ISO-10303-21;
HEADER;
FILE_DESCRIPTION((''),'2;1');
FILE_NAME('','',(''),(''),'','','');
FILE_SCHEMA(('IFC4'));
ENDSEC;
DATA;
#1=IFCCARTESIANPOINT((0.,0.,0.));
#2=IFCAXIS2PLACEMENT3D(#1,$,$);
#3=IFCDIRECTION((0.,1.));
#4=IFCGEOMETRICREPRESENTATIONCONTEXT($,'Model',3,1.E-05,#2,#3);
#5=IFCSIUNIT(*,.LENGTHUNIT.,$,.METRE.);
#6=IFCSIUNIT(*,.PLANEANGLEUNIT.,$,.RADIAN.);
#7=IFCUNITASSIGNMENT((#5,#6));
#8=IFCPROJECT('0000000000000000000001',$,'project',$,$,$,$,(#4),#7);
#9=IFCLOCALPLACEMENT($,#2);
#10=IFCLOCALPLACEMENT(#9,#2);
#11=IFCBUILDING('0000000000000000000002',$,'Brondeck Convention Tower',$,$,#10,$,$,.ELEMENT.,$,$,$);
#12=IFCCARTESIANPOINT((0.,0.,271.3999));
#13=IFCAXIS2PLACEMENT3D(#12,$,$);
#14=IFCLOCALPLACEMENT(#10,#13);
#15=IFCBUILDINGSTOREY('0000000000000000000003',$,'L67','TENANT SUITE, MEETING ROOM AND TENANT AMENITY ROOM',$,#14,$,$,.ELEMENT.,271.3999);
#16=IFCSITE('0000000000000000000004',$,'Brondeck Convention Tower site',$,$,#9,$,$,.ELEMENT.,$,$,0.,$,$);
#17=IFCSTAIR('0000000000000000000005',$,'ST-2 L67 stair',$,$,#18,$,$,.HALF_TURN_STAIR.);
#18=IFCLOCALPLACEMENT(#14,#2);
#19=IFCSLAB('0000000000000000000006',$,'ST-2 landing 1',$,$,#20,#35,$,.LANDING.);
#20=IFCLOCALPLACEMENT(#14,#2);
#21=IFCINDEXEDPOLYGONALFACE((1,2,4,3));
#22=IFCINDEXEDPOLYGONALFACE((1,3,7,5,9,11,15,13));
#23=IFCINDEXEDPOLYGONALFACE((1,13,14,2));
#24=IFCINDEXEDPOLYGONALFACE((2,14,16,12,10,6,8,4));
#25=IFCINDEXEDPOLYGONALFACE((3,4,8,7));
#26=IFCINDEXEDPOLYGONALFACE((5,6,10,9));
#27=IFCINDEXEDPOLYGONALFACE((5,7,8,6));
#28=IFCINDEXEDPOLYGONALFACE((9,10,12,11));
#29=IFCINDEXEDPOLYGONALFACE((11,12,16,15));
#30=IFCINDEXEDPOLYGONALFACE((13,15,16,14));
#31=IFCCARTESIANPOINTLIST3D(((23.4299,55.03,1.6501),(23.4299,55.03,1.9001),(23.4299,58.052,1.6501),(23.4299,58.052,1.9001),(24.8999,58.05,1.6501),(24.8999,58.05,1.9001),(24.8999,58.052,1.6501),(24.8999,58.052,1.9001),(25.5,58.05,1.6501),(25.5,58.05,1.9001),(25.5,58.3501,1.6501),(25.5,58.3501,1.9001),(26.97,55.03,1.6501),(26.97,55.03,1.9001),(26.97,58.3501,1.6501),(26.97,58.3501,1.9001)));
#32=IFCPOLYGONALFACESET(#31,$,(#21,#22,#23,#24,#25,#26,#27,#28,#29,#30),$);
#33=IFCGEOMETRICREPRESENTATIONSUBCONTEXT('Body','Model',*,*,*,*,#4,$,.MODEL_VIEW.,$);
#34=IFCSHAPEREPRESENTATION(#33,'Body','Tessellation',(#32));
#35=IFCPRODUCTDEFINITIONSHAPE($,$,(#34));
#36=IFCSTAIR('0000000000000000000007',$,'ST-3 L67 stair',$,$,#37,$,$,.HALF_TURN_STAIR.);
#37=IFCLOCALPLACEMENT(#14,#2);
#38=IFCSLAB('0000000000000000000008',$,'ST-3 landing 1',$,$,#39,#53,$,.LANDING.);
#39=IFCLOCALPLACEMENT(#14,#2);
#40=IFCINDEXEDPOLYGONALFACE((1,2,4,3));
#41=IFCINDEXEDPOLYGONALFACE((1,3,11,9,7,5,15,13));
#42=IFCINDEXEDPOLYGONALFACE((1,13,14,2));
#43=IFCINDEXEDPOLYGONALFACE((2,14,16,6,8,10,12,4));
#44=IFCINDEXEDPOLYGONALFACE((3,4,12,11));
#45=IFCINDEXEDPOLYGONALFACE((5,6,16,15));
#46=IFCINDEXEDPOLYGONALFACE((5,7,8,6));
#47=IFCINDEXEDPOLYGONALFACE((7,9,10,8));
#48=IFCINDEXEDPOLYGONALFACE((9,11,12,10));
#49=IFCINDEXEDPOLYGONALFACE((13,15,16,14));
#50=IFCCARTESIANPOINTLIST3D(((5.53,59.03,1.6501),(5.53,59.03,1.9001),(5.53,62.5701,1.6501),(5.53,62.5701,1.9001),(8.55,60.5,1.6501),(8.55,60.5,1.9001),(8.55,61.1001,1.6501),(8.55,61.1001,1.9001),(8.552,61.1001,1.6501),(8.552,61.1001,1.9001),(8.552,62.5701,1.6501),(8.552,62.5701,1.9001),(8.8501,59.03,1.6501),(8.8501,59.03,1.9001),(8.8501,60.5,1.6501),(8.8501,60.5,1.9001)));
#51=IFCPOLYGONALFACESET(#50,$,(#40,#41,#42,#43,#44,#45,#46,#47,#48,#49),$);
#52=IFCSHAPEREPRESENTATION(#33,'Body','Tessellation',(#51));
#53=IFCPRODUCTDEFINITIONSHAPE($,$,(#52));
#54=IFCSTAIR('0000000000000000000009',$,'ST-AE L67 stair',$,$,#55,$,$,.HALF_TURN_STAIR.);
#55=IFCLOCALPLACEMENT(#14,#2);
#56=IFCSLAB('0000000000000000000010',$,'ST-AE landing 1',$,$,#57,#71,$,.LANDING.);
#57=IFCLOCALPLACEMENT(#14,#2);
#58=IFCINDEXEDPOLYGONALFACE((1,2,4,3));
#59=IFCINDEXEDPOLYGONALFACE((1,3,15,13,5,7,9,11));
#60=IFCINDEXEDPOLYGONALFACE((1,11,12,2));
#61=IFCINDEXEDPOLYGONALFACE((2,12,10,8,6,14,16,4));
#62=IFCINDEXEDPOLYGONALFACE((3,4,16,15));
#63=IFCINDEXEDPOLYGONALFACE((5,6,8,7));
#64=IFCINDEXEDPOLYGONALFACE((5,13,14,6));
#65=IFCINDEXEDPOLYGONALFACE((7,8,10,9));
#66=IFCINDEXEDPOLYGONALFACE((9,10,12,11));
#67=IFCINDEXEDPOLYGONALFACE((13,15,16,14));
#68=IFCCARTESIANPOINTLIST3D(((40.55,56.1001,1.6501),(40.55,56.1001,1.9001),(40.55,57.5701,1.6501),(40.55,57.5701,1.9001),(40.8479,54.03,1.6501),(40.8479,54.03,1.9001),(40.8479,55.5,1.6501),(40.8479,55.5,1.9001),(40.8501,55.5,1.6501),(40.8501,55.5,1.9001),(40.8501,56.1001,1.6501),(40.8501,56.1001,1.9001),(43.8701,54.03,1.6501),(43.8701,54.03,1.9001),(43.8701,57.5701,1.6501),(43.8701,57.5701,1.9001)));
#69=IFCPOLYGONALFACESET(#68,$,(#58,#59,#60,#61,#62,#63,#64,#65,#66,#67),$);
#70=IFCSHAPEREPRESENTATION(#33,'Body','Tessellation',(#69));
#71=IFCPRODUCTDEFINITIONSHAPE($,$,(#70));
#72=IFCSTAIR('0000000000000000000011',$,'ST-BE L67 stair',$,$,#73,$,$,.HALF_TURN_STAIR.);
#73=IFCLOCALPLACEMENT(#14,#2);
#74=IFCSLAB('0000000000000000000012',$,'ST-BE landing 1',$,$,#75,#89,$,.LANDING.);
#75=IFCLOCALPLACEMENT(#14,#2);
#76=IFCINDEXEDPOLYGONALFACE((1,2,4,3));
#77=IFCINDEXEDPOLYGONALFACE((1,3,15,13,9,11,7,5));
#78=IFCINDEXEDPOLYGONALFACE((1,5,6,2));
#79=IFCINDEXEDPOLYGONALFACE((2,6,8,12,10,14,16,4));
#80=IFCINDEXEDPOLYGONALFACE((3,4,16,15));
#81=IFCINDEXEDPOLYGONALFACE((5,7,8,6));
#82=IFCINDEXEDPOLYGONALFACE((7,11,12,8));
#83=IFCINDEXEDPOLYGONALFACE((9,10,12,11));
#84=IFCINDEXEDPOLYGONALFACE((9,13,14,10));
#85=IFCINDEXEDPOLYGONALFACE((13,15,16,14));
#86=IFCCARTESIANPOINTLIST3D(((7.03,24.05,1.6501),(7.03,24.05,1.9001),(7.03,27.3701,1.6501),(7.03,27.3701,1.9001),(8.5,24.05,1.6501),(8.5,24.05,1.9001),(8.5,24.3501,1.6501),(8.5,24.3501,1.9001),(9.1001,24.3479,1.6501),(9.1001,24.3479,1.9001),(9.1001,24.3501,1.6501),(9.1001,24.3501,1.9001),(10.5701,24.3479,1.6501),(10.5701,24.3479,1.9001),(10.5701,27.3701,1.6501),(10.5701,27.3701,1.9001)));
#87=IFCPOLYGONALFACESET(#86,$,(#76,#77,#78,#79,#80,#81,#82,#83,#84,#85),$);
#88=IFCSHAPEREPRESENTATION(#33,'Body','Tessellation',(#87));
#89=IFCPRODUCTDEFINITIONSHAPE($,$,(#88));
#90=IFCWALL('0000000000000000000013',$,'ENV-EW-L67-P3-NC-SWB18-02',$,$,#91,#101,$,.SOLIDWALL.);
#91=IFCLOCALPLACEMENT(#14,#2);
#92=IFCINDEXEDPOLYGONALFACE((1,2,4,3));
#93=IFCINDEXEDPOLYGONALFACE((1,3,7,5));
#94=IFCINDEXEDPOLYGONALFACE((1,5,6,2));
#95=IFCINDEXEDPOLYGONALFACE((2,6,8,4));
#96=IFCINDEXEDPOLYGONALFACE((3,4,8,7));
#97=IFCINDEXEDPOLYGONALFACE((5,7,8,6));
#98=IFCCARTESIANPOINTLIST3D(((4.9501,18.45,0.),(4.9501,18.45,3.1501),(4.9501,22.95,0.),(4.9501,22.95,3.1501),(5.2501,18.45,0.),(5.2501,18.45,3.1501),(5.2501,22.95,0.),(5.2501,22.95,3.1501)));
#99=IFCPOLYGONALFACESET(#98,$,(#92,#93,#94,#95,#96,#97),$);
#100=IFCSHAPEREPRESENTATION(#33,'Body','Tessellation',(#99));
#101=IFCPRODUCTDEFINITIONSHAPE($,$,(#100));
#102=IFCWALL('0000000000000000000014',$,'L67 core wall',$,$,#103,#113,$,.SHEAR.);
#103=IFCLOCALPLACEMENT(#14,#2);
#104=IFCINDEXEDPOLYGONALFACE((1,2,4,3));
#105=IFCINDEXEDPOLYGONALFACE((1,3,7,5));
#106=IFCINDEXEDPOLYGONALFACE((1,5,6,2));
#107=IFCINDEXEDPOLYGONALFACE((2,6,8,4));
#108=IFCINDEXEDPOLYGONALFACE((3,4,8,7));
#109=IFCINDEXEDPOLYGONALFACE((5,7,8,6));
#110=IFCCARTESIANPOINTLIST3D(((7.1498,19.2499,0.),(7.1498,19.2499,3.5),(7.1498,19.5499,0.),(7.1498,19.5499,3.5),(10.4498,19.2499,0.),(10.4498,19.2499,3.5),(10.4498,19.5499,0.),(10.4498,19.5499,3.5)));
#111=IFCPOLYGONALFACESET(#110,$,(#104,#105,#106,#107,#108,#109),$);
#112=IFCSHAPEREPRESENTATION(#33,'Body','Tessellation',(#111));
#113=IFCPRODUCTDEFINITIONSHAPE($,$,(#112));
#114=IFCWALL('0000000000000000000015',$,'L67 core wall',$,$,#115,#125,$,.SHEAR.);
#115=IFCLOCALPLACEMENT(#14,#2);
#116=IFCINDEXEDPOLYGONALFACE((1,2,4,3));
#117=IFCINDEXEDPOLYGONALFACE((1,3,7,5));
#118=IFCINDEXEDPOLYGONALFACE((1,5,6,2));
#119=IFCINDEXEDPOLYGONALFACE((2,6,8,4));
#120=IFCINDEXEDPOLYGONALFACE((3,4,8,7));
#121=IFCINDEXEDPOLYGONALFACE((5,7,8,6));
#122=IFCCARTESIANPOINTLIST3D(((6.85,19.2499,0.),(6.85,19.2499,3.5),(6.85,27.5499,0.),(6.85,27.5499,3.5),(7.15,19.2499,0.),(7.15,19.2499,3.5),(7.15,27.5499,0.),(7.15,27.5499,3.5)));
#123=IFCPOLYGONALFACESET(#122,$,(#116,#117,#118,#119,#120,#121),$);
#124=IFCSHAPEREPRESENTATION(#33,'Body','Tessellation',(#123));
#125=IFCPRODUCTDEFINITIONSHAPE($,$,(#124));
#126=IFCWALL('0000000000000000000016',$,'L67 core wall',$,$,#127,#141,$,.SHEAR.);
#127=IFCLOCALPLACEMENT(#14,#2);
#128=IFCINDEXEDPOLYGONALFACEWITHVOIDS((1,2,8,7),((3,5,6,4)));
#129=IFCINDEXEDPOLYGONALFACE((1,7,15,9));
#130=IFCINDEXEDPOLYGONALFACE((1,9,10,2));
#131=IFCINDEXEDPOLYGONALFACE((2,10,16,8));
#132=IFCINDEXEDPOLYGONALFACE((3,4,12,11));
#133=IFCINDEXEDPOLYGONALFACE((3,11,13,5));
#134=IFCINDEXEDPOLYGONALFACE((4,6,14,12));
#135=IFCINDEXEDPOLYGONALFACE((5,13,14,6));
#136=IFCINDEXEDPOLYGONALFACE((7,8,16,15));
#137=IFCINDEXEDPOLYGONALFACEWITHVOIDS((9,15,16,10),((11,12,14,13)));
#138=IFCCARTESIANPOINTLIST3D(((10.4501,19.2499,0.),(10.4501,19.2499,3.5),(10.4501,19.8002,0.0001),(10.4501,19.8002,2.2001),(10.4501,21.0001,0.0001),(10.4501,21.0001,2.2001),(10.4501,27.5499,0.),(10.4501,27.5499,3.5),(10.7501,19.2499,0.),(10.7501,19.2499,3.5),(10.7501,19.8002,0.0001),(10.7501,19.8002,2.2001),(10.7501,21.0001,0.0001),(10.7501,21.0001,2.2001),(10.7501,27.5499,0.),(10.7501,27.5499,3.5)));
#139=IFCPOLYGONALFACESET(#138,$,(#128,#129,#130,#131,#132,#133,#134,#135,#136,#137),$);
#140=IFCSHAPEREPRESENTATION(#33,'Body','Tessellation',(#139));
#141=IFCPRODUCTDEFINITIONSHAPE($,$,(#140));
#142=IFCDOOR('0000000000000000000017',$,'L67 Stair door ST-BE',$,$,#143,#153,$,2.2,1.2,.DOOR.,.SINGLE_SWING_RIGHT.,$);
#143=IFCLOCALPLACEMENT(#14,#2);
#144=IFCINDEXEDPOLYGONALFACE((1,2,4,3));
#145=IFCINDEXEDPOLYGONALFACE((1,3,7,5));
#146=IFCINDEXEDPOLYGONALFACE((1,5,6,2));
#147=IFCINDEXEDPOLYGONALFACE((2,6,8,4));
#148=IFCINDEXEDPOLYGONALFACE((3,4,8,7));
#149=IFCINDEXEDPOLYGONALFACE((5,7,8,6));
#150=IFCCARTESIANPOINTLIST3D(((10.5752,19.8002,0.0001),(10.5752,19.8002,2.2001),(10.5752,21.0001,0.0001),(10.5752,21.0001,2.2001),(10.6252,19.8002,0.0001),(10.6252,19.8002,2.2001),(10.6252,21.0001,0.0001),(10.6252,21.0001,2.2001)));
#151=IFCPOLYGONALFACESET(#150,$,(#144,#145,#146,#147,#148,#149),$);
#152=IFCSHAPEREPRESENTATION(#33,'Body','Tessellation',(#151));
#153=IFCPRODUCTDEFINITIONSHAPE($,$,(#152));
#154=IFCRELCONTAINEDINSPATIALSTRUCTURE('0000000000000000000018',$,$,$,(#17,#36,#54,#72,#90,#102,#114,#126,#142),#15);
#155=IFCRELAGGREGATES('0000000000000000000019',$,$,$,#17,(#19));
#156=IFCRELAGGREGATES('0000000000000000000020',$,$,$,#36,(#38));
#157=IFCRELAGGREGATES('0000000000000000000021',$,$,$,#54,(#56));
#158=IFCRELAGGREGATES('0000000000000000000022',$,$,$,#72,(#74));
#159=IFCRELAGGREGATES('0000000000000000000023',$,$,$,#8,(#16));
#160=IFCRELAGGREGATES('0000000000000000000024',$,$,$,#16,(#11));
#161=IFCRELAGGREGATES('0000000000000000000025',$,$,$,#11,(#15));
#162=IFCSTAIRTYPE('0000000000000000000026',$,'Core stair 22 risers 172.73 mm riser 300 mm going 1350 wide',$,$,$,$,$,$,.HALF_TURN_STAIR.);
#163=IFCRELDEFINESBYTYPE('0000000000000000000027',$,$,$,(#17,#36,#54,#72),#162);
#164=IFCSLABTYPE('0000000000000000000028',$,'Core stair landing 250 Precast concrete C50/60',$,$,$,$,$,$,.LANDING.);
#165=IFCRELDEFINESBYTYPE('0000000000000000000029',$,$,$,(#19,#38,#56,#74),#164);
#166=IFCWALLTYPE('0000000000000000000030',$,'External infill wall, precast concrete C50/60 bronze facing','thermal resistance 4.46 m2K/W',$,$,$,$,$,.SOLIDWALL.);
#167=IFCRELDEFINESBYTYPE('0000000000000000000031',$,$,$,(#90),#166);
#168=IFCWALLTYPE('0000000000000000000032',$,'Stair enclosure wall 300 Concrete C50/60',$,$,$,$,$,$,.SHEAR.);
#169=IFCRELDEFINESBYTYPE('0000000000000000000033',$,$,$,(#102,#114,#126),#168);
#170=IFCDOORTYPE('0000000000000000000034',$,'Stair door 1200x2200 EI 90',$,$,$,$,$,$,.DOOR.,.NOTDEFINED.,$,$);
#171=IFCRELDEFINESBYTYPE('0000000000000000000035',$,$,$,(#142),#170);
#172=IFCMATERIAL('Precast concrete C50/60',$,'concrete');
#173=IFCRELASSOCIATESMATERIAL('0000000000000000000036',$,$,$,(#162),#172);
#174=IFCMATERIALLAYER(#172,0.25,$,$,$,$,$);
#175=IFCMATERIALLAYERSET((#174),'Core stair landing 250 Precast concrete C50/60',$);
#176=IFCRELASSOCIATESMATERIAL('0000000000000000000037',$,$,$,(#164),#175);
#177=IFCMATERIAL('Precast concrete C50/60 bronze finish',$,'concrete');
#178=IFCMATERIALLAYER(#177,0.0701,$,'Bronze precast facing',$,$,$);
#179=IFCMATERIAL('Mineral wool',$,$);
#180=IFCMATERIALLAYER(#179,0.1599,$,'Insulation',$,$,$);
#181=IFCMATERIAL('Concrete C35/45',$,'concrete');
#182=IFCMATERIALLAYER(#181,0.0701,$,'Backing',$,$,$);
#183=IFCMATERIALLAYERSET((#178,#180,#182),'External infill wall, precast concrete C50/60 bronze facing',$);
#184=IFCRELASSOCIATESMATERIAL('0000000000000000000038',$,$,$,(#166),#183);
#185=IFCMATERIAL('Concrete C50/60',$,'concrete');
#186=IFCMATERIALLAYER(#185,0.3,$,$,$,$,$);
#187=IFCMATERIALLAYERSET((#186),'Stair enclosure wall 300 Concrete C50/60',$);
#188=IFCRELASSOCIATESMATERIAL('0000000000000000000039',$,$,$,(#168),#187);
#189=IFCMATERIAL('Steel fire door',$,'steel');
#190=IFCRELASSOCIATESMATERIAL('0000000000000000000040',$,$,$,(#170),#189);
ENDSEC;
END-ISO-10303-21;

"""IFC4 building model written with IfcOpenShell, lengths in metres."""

from ifc_helpers import new_model, si_unit, direction, frame, frame_2d, origin, place, context, subcontext, project, spatial, polyline, rectangle, outline, extrude, material, layer, layer_set, type_object, element, fill, aggregate, save


model = new_model("IFC4")

# Units and contexts
model_context = context("Model", 3, precision=1e-05, world=origin(), true_north=direction((0.0, 1.0)))
body_context = subcontext(model_context, "Body", "Model", "MODEL_VIEW")
ifc_project = project(units=[si_unit("LENGTHUNIT", "METRE"), si_unit("PLANEANGLEUNIT", "RADIAN")], contexts=[model_context])

# Site, building, storey
site_placement = place(None, origin())
site = spatial("IfcSite", under=ifc_project, at=site_placement, Name="Brondeck Convention Tower site", CompositionType="ELEMENT", RefElevation=0.0)
building_placement = place(site_placement, origin())
building = spatial("IfcBuilding", under=site, at=building_placement, Name="Brondeck Convention Tower", CompositionType="ELEMENT")
storey_placement = place(building_placement, frame((0.0, 0.0, 271.3999)))
storey = spatial("IfcBuildingStorey", under=building, at=storey_placement, Name="L67", Description="TENANT SUITE, MEETING ROOM AND TENANT AMENITY ROOM", CompositionType="ELEMENT", Elevation=271.3999)

# Shared definitions
ifc_material_1 = material(Name="Concrete C50/60", Category="concrete")

# Shared definitions
ifc_material_2 = material(Name="Concrete C35/45", Category="concrete")

# Stairs, slabs
ifc_material_3 = material(Name="Precast concrete C50/60", Category="concrete")
stair_type = type_object("IfcStairType", Name="Core stair 22 risers 172.73 mm riser 300 mm going 1350 wide", PredefinedType="HALF_TURN_STAIR", material=ifc_material_3)
ifc_layer_1 = layer(ifc_material_3, 0.25)
ifc_layer_set_1 = layer_set([ifc_layer_1], Name="Core stair landing 250 Precast concrete C50/60")
slab_type_1 = type_object("IfcSlabType", Name="Core stair landing 250 Precast concrete C50/60", PredefinedType="LANDING", material=ifc_layer_set_1)
stair_1_placement = place(storey_placement, origin())
stair_1 = element("IfcStair", 1, at=stair_1_placement, inside=storey, type_object=stair_type, Name="ST-2 L67 stair", PredefinedType="HALF_TURN_STAIR")
slab_1_placement = place(storey_placement, frame((0.0, 0.0, 1.6501)))
slab_1 = element("IfcSlab", 2, at=slab_1_placement, type_object=slab_type_1, Name="ST-2 landing 1", PredefinedType="LANDING", context=body_context, shape_type="SweptSolid", body=[
    extrude(outline(polyline([(23.4299, 58.052), (24.8999, 58.052), (24.8999, 58.05), (25.5, 58.05), (25.5, 58.3501), (26.97, 58.3501), (26.97, 55.03), (23.4299, 55.03), (23.4299, 58.052)])), origin(), (0.0, 0.0, 1.0), 0.25),
])
aggregate(stair_1, [slab_1])
stair_2_placement = place(storey_placement, origin())
stair_2 = element("IfcStair", 3, at=stair_2_placement, inside=storey, type_object=stair_type, Name="ST-3 L67 stair", PredefinedType="HALF_TURN_STAIR")
slab_2_placement = place(storey_placement, frame((0.0, 0.0, 1.6501)))
slab_2 = element("IfcSlab", 4, at=slab_2_placement, type_object=slab_type_1, Name="ST-3 landing 1", PredefinedType="LANDING", context=body_context, shape_type="SweptSolid", body=[
    extrude(outline(polyline([(8.8501, 60.5), (8.8501, 59.03), (5.53, 59.03), (5.53, 62.5701), (8.552, 62.5701), (8.552, 61.1001), (8.55, 61.1001), (8.55, 60.5), (8.8501, 60.5)])), origin(), (0.0, 0.0, 1.0), 0.25),
])
aggregate(stair_2, [slab_2])
stair_3_placement = place(storey_placement, origin())
stair_3 = element("IfcStair", 5, at=stair_3_placement, inside=storey, type_object=stair_type, Name="ST-AE L67 stair", PredefinedType="HALF_TURN_STAIR")
slab_3_placement = place(storey_placement, frame((0.0, 0.0, 1.6501)))
slab_3 = element("IfcSlab", 6, at=slab_3_placement, type_object=slab_type_1, Name="ST-AE landing 1", PredefinedType="LANDING", context=body_context, shape_type="SweptSolid", body=[
    extrude(outline(polyline([(40.8479, 55.5), (40.8501, 55.5), (40.8501, 56.1001), (40.55, 56.1001), (40.55, 57.5701), (43.8701, 57.5701), (43.8701, 54.03), (40.8479, 54.03), (40.8479, 55.5)])), origin(), (0.0, 0.0, 1.0), 0.25),
])
aggregate(stair_3, [slab_3])
stair_4_placement = place(storey_placement, origin())
stair_4 = element("IfcStair", 7, at=stair_4_placement, inside=storey, type_object=stair_type, Name="ST-BE L67 stair", PredefinedType="HALF_TURN_STAIR")
slab_4_placement = place(storey_placement, frame((0.0, 0.0, 1.6501)))
slab_4 = element("IfcSlab", 8, at=slab_4_placement, type_object=slab_type_1, Name="ST-BE landing 1", PredefinedType="LANDING", context=body_context, shape_type="SweptSolid", body=[
    extrude(outline(polyline([(7.03, 24.05), (7.03, 27.3701), (10.5701, 27.3701), (10.5701, 24.3479), (9.1001, 24.3479), (9.1001, 24.3501), (8.5, 24.3501), (8.5, 24.05), (7.03, 24.05)])), origin(), (0.0, 0.0, 1.0), 0.25),
])
aggregate(stair_4, [slab_4])

# Walls
ifc_material_4 = material(Name="Precast concrete C50/60 bronze finish", Category="concrete")
ifc_layer_2 = layer(ifc_material_4, 0.0701, Name="Bronze precast facing")
ifc_material_5 = material(Name="Mineral wool")
ifc_layer_3 = layer(ifc_material_5, 0.1599, Name="Insulation")
ifc_layer_4 = layer(ifc_material_2, 0.0701, Name="Backing")
ifc_layer_set_2 = layer_set([ifc_layer_2, ifc_layer_3, ifc_layer_4], Name="External infill wall, precast concrete C50/60 bronze facing")
wall_type_1 = type_object("IfcWallType", Name="External infill wall, precast concrete C50/60 bronze facing", Description="thermal resistance 4.46 m2K/W", PredefinedType="SOLIDWALL", material=ifc_layer_set_2)
wall_1_placement = place(storey_placement, frame((5.1001, 18.45, 0.0), z_axis=(0.0, 0.0, 1.0), x_axis=(0.0, 1.0, 0.0)))
element("IfcWall", 9, at=wall_1_placement, inside=storey, type_object=wall_type_1, Name="ENV-EW-L67-P3-NC-SWB18-02", PredefinedType="SOLIDWALL", context=body_context, shape_type="SweptSolid", body=[
    extrude(rectangle(XDim=4.5, YDim=0.3, at=frame_2d((2.25, 0.0))), origin(), (0.0, 0.0, 1.0), 3.1501),
])
ifc_layer_5 = layer(ifc_material_1, 0.3)
ifc_layer_set_3 = layer_set([ifc_layer_5], Name="Stair enclosure wall 300 Concrete C50/60")
wall_type_2 = type_object("IfcWallType", Name="Stair enclosure wall 300 Concrete C50/60", PredefinedType="SHEAR", material=ifc_layer_set_3)
wall_2_placement = place(storey_placement, frame((7.1499, 19.3999, 0.0), z_axis=(0.0, 0.0, 1.0), x_axis=(1.0, 0.0, 0.0)))
element("IfcWall", 10, at=wall_2_placement, inside=storey, type_object=wall_type_2, Name="L67 core wall", PredefinedType="SHEAR", context=body_context, shape_type="SweptSolid", body=[
    extrude(rectangle(XDim=3.3, YDim=0.3, at=frame_2d((1.6499, 0.0))), origin(), (0.0, 0.0, 1.0), 3.5),
])
wall_3_placement = place(storey_placement, frame((7.0, 19.25, 0.0), z_axis=(0.0, 0.0, 1.0), x_axis=(0.0, 1.0, 0.0)))
element("IfcWall", 11, at=wall_3_placement, inside=storey, type_object=wall_type_2, Name="L67 core wall", PredefinedType="SHEAR", context=body_context, shape_type="SweptSolid", body=[
    extrude(rectangle(XDim=8.3, YDim=0.3, at=frame_2d((4.1499, 0.0))), origin(), (0.0, 0.0, 1.0), 3.5),
])

# Wall, opening, door
wall_4_placement = place(storey_placement, frame((10.6001, 19.25, 0.0), z_axis=(0.0, 0.0, 1.0), x_axis=(0.0, 1.0, 0.0)))
wall_4 = element("IfcWall", 12, at=wall_4_placement, inside=storey, type_object=wall_type_2, Name="L67 core wall", PredefinedType="SHEAR", context=body_context, shape_type="SweptSolid", body=[
    extrude(rectangle(XDim=8.3, YDim=0.3, at=frame_2d((4.1499, 0.0))), origin(), (0.0, 0.0, 1.0), 3.5),
])
opening_placement = place(wall_4_placement, frame((0.55, 0.0, 0.0)))
opening = element("IfcOpeningElement", 13, at=opening_placement, cuts=wall_4, PredefinedType="OPENING", context=body_context, shape_type="SweptSolid", body=[
    extrude(rectangle(XDim=1.2, YDim=2.2, at=frame_2d((0.6001, 1.1001))), frame((0.0, 0.1599, 0.0), z_axis=(0.0, -1.0, 0.0), x_axis=(1.0, 0.0, 0.0)), (0.0, 0.0, 1.0), 0.3201),
])
ifc_material_6 = material(Name="Steel fire door", Category="steel")
door_type = type_object("IfcDoorType", Name="Stair door 1200x2200 EI 90", OperationType="NOTDEFINED", PredefinedType="DOOR", material=ifc_material_6)
door_placement = place(opening_placement, origin())
door = element("IfcDoor", 14, at=door_placement, inside=storey, type_object=door_type, Name="L67 Stair door ST-BE", OperationType="SINGLE_SWING_RIGHT", OverallHeight=2.2, OverallWidth=1.2, PredefinedType="DOOR", context=body_context, shape_type="SweptSolid", body=[
    extrude(rectangle(XDim=1.2, YDim=2.2, at=frame_2d((0.6001, 1.1001))), frame((0.0, 0.0249, 0.0), z_axis=(0.0, -1.0, 0.0), x_axis=(1.0, 0.0, 0.0)), (0.0, 0.0, 1.0), 0.05),
])
fill(opening, door)

save(model, "model.ifc")
